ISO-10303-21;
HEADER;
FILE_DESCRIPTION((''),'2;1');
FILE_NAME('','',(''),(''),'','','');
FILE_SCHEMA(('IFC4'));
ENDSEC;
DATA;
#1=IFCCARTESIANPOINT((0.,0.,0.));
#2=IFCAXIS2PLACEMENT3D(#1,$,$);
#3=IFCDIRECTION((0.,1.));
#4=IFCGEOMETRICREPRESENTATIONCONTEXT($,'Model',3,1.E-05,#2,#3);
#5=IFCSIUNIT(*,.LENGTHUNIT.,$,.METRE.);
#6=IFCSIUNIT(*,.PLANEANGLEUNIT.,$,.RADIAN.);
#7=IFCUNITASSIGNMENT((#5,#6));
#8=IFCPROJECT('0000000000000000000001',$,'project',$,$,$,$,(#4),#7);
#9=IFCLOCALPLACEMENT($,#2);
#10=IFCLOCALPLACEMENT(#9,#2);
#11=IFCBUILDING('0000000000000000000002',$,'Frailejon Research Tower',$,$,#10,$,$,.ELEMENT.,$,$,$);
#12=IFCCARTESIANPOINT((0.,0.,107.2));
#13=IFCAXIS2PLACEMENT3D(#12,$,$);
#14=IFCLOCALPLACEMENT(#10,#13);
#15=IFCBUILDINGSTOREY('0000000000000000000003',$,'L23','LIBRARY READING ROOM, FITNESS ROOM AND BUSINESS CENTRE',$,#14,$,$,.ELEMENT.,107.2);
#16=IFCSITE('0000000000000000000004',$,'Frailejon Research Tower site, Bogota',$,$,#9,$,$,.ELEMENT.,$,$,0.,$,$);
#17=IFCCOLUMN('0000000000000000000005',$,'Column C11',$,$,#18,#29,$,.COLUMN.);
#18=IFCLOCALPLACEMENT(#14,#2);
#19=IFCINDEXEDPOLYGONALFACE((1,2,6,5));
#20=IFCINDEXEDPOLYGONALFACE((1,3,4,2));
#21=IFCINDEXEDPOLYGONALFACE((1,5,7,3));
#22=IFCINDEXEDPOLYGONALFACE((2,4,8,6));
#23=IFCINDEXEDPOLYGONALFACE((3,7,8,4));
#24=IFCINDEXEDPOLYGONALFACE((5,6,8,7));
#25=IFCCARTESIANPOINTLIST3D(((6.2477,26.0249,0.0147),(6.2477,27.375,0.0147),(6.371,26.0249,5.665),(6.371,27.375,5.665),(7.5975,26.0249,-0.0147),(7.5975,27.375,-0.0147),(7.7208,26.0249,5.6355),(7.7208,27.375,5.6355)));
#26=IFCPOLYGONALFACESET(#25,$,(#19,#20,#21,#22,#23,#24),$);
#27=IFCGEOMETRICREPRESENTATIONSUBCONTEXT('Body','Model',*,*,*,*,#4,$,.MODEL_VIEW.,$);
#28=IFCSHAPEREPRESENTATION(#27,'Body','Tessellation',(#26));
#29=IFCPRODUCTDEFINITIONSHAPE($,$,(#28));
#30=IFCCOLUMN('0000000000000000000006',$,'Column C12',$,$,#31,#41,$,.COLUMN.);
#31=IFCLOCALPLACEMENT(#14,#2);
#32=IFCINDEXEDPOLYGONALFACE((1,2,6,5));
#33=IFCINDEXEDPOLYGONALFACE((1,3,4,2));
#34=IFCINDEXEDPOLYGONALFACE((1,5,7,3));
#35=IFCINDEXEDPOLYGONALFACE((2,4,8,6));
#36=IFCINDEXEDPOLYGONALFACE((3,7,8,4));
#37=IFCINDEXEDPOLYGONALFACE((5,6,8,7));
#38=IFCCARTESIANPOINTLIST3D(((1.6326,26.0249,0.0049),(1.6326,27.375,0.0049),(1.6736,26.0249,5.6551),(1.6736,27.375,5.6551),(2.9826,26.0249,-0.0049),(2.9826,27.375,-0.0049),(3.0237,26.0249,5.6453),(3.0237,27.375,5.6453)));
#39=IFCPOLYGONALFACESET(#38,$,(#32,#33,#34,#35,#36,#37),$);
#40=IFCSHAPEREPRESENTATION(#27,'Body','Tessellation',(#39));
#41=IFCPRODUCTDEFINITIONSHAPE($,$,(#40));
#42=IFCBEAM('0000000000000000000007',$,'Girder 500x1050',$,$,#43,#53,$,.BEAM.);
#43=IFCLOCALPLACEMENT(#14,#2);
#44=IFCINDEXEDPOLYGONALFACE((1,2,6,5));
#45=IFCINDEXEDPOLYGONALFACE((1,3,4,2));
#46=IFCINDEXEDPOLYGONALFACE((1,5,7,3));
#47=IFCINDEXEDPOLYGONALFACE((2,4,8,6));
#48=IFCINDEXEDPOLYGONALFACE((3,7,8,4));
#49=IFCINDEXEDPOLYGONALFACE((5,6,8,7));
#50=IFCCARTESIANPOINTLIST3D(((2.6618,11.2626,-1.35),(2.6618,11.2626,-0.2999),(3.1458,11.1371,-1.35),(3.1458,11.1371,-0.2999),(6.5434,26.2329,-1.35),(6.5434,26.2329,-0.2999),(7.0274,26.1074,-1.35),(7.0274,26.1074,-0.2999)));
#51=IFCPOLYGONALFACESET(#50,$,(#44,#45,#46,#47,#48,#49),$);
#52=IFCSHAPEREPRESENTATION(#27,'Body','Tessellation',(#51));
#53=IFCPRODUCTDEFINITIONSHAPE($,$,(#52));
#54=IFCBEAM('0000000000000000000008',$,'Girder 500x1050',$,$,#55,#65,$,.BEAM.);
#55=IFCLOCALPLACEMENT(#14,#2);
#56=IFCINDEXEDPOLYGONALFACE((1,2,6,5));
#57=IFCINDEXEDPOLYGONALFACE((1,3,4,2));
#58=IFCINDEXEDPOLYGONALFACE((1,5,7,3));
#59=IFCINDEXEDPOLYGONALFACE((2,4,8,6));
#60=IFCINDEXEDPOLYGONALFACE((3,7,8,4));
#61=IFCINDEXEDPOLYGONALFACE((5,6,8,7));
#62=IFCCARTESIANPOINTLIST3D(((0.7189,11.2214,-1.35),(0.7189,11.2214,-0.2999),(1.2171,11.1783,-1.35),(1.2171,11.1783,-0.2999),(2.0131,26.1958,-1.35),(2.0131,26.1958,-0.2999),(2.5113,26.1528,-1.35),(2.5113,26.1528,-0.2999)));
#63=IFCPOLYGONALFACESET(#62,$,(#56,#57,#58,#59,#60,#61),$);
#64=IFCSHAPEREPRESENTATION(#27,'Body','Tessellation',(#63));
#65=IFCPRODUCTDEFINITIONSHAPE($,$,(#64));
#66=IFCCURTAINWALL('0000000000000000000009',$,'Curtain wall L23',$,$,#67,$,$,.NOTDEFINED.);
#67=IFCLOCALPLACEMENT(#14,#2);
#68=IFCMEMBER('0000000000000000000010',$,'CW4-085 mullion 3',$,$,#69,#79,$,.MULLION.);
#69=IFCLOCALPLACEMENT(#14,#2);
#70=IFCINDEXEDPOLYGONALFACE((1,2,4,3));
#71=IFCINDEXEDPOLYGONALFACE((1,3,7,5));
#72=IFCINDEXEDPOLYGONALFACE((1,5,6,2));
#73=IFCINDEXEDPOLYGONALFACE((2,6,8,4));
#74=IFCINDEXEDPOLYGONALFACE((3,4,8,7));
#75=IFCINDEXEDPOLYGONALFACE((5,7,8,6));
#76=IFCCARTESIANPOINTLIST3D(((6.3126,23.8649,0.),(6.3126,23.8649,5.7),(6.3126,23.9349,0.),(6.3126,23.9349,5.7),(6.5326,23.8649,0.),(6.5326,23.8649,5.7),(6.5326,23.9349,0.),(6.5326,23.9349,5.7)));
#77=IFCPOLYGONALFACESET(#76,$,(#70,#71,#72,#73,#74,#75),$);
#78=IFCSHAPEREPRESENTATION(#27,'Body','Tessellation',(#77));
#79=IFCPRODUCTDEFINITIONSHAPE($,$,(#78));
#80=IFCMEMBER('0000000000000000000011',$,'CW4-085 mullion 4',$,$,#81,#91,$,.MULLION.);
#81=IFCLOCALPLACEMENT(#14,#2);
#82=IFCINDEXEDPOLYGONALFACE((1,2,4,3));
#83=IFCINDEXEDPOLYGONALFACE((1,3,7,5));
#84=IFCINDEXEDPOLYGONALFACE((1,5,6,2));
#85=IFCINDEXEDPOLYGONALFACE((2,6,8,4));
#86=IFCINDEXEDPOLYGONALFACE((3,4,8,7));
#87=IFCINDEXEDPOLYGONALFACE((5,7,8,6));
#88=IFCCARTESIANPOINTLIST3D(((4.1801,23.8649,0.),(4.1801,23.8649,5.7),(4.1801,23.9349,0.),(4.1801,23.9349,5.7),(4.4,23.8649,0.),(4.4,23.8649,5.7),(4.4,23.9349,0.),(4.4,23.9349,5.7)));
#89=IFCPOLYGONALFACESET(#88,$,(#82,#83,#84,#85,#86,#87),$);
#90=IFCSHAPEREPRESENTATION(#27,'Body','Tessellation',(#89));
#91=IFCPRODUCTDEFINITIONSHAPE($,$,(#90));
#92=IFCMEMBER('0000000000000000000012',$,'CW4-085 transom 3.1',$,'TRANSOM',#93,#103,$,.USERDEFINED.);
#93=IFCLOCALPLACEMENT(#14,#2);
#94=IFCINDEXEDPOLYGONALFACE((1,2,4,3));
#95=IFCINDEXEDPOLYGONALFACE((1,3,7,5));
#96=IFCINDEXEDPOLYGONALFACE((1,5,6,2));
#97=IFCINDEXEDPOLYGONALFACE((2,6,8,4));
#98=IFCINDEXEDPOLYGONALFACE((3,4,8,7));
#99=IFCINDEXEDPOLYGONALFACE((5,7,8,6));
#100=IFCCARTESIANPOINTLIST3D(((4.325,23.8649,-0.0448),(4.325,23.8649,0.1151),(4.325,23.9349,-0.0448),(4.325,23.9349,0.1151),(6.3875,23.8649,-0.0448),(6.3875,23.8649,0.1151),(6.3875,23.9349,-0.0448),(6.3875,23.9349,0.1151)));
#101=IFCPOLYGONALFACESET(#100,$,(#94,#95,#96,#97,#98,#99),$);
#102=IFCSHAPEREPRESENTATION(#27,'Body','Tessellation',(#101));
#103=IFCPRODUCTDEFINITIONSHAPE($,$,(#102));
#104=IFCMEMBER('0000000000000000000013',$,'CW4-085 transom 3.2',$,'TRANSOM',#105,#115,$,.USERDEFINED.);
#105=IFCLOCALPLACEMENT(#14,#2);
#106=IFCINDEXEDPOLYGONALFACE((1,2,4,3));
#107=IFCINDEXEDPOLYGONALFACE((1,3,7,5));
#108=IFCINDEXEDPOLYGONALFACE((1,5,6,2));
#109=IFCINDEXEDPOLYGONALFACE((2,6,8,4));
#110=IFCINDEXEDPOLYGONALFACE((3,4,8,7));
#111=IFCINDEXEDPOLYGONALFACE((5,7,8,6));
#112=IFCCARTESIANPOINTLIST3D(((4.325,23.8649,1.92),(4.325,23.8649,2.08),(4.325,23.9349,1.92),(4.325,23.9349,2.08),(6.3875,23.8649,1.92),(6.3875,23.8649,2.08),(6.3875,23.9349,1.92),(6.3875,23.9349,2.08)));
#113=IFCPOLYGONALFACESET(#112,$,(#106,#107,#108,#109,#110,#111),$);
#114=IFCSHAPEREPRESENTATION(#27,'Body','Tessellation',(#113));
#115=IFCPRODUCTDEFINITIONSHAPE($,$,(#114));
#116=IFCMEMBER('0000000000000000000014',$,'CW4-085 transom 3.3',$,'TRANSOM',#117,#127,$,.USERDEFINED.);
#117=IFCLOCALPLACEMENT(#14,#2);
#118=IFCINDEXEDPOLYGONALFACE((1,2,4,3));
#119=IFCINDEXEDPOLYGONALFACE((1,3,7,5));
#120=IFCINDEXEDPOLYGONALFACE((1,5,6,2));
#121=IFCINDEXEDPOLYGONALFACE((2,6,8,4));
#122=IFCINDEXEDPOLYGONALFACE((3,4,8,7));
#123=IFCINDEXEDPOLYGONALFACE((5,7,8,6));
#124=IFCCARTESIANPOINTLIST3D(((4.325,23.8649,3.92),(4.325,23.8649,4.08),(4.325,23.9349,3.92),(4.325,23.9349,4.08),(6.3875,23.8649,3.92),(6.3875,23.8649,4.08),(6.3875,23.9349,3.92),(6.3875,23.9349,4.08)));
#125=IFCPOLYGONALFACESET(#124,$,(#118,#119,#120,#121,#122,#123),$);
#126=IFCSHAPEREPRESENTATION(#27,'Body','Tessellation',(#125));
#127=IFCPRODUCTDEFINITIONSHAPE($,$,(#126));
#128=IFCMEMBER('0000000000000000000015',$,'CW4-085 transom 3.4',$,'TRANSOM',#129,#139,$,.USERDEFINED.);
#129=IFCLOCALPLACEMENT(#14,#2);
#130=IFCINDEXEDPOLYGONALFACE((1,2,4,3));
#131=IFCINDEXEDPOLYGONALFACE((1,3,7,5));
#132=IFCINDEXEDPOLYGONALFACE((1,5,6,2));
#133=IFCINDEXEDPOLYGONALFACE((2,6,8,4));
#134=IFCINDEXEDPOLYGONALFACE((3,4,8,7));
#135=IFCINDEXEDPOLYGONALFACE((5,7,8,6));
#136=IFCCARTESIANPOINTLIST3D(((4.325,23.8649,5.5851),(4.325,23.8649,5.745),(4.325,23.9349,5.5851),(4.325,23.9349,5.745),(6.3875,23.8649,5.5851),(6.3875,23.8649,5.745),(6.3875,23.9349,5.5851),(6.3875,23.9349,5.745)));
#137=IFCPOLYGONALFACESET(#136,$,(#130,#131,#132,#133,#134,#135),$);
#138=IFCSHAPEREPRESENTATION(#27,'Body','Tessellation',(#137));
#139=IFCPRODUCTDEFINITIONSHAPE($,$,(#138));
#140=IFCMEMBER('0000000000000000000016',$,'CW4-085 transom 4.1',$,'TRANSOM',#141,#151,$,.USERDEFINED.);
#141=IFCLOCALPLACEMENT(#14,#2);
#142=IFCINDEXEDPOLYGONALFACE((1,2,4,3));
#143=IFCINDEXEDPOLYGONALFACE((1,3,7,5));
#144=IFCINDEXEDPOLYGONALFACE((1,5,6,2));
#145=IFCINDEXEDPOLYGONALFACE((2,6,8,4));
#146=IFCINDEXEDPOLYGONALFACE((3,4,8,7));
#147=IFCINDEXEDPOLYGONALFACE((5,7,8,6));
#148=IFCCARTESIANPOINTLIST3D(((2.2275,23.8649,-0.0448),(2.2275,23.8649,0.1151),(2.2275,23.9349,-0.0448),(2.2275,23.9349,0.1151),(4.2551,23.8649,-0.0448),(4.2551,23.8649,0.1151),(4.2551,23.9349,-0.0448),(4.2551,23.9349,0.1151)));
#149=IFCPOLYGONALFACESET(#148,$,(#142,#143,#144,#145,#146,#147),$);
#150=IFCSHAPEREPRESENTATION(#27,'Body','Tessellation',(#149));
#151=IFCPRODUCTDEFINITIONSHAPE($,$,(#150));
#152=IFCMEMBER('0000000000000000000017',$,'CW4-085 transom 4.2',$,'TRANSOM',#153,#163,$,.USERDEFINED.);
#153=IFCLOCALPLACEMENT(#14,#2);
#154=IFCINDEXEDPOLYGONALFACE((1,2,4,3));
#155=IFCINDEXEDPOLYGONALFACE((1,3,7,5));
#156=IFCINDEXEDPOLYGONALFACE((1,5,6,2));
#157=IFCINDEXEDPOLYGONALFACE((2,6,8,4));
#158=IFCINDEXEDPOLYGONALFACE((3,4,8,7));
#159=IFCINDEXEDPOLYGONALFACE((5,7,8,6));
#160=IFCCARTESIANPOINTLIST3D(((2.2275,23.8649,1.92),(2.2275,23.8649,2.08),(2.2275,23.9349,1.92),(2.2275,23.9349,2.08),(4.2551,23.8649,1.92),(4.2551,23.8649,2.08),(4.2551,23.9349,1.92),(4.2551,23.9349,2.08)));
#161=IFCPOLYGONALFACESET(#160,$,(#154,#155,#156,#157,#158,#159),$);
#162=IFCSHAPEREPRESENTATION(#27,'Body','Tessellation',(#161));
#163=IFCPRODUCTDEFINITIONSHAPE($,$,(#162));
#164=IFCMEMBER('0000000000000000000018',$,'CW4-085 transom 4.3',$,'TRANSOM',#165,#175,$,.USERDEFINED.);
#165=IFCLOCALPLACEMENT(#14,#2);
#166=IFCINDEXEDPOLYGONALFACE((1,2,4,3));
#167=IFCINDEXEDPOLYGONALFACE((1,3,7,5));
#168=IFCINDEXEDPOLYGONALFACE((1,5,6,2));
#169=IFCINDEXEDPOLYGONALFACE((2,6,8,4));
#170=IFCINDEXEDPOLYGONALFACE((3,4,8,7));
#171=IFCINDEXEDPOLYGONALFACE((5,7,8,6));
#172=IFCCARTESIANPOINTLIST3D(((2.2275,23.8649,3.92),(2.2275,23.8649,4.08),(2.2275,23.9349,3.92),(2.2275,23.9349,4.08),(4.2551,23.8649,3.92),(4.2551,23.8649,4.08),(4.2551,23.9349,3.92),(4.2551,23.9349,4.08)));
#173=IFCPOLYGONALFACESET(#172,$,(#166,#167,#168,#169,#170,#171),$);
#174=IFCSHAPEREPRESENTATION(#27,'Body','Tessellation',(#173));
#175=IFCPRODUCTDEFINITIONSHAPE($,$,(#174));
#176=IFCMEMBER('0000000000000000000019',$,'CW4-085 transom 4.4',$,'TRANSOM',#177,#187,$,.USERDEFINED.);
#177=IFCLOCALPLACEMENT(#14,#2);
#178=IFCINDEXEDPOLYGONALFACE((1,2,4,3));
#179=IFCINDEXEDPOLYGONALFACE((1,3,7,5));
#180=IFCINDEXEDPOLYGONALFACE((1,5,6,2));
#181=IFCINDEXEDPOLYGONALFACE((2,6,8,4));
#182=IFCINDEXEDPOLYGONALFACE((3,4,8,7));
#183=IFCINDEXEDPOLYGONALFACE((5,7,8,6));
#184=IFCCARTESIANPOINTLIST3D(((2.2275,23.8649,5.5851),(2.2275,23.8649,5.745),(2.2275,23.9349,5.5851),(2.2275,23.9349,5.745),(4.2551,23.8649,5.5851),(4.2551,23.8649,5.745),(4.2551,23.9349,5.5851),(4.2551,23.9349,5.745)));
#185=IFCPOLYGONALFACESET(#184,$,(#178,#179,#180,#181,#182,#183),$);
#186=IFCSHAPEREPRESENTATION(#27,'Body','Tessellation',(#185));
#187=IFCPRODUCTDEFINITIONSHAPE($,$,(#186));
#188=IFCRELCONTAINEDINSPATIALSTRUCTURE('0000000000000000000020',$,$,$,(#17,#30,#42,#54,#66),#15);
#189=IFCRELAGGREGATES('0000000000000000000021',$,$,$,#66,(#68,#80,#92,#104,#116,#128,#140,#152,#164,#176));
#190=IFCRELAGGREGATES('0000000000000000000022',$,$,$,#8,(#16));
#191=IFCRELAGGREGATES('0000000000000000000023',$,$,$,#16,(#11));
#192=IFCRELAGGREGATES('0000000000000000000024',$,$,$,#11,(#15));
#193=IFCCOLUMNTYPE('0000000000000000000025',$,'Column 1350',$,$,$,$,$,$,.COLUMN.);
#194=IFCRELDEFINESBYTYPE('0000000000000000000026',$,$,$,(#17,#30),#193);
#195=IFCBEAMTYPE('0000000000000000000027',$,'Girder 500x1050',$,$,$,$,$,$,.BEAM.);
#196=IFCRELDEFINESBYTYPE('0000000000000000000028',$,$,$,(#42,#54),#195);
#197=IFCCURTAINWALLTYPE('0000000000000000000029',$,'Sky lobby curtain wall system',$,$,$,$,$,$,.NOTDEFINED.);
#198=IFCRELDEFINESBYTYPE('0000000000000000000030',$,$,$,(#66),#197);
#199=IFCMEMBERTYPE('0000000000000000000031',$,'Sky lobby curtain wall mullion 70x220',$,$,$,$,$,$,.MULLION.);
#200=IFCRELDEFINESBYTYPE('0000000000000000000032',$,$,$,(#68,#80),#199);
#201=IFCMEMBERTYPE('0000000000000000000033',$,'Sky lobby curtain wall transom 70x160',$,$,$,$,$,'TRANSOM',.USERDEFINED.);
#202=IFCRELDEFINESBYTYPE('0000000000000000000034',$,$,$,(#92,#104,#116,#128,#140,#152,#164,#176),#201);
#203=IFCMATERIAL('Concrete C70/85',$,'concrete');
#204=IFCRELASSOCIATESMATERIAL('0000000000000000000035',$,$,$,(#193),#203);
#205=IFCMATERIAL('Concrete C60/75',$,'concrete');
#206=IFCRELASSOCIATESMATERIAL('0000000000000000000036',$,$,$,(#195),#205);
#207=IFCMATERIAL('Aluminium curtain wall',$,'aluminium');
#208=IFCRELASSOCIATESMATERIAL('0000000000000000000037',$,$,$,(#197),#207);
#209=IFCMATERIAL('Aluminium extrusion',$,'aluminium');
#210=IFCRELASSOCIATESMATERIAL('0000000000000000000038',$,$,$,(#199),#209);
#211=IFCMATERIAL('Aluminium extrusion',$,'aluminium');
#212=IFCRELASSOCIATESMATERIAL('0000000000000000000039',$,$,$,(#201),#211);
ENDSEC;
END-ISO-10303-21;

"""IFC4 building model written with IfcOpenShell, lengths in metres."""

from ifc_helpers import new_model, si_unit, direction, frame, origin, origin_2d, place, context, subcontext, project, spatial, rectangle, extrude, material, material_profile, profile_set, type_object, element, aggregate, save


model = new_model("IFC4")

# Units and contexts
model_context = context("Model", 3, precision=1e-05, world=origin(), true_north=direction((0.0, 1.0)))
body_context = subcontext(model_context, "Body", "Model", "MODEL_VIEW")
ifc_project = project(units=[si_unit("LENGTHUNIT", "METRE"), si_unit("PLANEANGLEUNIT", "RADIAN")], contexts=[model_context])

# Site, building, storey
site_placement = place(None, origin())
site = spatial("IfcSite", under=ifc_project, at=site_placement, Name="Frailejon Research Tower site, Bogota", CompositionType="ELEMENT", RefElevation=0.0)
building_placement = place(site_placement, origin())
building = spatial("IfcBuilding", under=site, at=building_placement, Name="Frailejon Research Tower", CompositionType="ELEMENT")
storey_placement = place(building_placement, frame((0.0, 0.0, 107.2)))
storey = spatial("IfcBuildingStorey", under=building, at=storey_placement, Name="L23", Description="LIBRARY READING ROOM, FITNESS ROOM AND BUSINESS CENTRE", CompositionType="ELEMENT", Elevation=107.2)

# Columns
ifc_material_1 = material(Name="Concrete C70/85", Category="concrete")
ifc_material_profile_1 = material_profile(ifc_material_1, rectangle(XDim=1.3501, YDim=1.3501, at=origin_2d()), Name="Column 1350")
ifc_profile_set_1 = profile_set([ifc_material_profile_1], Name="Concrete C70/85")
column_type = type_object("IfcColumnType", Name="Column 1350", PredefinedType="COLUMN", material=ifc_profile_set_1)
column_1_placement = place(storey_placement, frame((6.9226, 26.7, 0.0), z_axis=(0.021816, 0.0, 0.999762), x_axis=(-0.999762, 0.0, 0.021816)))
element("IfcColumn", 1, at=column_1_placement, inside=storey, type_object=column_type, Name="Column C11", PredefinedType="COLUMN", context=body_context, shape_type="SweptSolid", body=[
    extrude(rectangle(XDim=1.3501, YDim=1.3501, at=origin_2d()), origin(), (0.0, 0.0, 1.0), 5.6516),
])
column_2_placement = place(storey_placement, frame((2.3076, 26.7, 0.0), z_axis=(0.007259, 0.0, 0.999974), x_axis=(-0.999974, 0.0, 0.007259)))
element("IfcColumn", 2, at=column_2_placement, inside=storey, type_object=column_type, Name="Column C12", PredefinedType="COLUMN", context=body_context, shape_type="SweptSolid", body=[
    extrude(rectangle(XDim=1.3501, YDim=1.3501, at=origin_2d()), origin(), (0.0, 0.0, 1.0), 5.6504),
])

# Beams
ifc_material_2 = material(Name="Concrete C60/75", Category="concrete")
ifc_material_profile_2 = material_profile(ifc_material_2, rectangle(XDim=0.5, YDim=1.05, at=origin_2d()), Name="Girder 500x1050")
ifc_profile_set_2 = profile_set([ifc_material_profile_2], Name="Concrete C60/75")
beam_type_1 = type_object("IfcBeamType", Name="Girder 500x1050", PredefinedType="BEAM", material=ifc_profile_set_2)
beam_1_placement = place(storey_placement, frame((6.7854, 26.1702, -0.825), z_axis=(-0.250988, -0.96799, 0.0), x_axis=(0.96799, -0.250988, 0.0)))
element("IfcBeam", 3, at=beam_1_placement, inside=storey, type_object=beam_type_1, Name="Girder 500x1050", PredefinedType="BEAM", context=body_context, shape_type="SweptSolid", body=[
    extrude(rectangle(XDim=0.5, YDim=1.05, at=origin_2d()), origin(), (0.0, 0.0, 1.0), 15.4653),
])
beam_2_placement = place(storey_placement, frame((2.2622, 26.1743, -0.825), z_axis=(-0.086106, -0.996286, 0.0), x_axis=(0.996286, -0.086106, 0.0)))
element("IfcBeam", 4, at=beam_2_placement, inside=storey, type_object=beam_type_1, Name="Girder 500x1050", PredefinedType="BEAM", context=body_context, shape_type="SweptSolid", body=[
    extrude(rectangle(XDim=0.5, YDim=1.05, at=origin_2d()), origin(), (0.0, 0.0, 1.0), 15.0303),
])

# Curtain wall, members
ifc_material_3 = material(Name="Aluminium curtain wall", Category="aluminium")
curtain_wall_type = type_object("IfcCurtainWallType", Name="Sky lobby curtain wall system", PredefinedType="NOTDEFINED", material=ifc_material_3)
curtain_wall_placement = place(storey_placement, origin())
curtain_wall = element("IfcCurtainWall", 5, at=curtain_wall_placement, inside=storey, type_object=curtain_wall_type, Name="Curtain wall L23", PredefinedType="NOTDEFINED")
ifc_material_4 = material(Name="Aluminium extrusion", Category="aluminium")
ifc_material_profile_3 = material_profile(ifc_material_4, rectangle(XDim=0.0701, YDim=0.22, at=origin_2d()), Name="Sky lobby curtain wall mullion 70x220")
ifc_profile_set_3 = profile_set([ifc_material_profile_3], Name="Aluminium extrusion")
member_type_1 = type_object("IfcMemberType", Name="Sky lobby curtain wall mullion 70x220", PredefinedType="MULLION", material=ifc_profile_set_3)
member_1_placement = place(storey_placement, frame((6.4226, 23.8999, 0.0), z_axis=(0.0, 0.0, 1.0), x_axis=(0.0, -1.0, 0.0)))
member_1 = element("IfcMember", 6, at=member_1_placement, type_object=member_type_1, Name="CW4-085 mullion 3", PredefinedType="MULLION", context=body_context, shape_type="SweptSolid", body=[
    extrude(rectangle(XDim=0.0701, YDim=0.22, at=origin_2d()), origin(), (0.0, 0.0, 1.0), 5.7),
])
member_2_placement = place(storey_placement, frame((4.29, 23.8999, 0.0), z_axis=(0.0, 0.0, 1.0), x_axis=(0.0, -1.0, 0.0)))
member_2 = element("IfcMember", 7, at=member_2_placement, type_object=member_type_1, Name="CW4-085 mullion 4", PredefinedType="MULLION", context=body_context, shape_type="SweptSolid", body=[
    extrude(rectangle(XDim=0.0701, YDim=0.22, at=origin_2d()), origin(), (0.0, 0.0, 1.0), 5.7),
])
ifc_material_5 = material(Name="Aluminium extrusion", Category="aluminium")
ifc_material_profile_4 = material_profile(ifc_material_5, rectangle(XDim=0.0701, YDim=0.1599, at=origin_2d()), Name="Sky lobby curtain wall transom 70x160")
ifc_profile_set_4 = profile_set([ifc_material_profile_4], Name="Aluminium extrusion")
member_type_2 = type_object("IfcMemberType", Name="Sky lobby curtain wall transom 70x160", ElementType="TRANSOM", PredefinedType="USERDEFINED", material=ifc_profile_set_4)
member_3_placement = place(storey_placement, frame((6.3875, 23.8999, 0.0352), z_axis=(-1.0, 0.0, 0.0), x_axis=(0.0, -1.0, 0.0)))
member_3 = element("IfcMember", 8, at=member_3_placement, type_object=member_type_2, Name="CW4-085 transom 3.1", ObjectType="TRANSOM", PredefinedType="USERDEFINED", context=body_context, shape_type="SweptSolid", body=[
    extrude(rectangle(XDim=0.0701, YDim=0.1599, at=origin_2d()), origin(), (0.0, 0.0, 1.0), 2.0625),
])
member_4_placement = place(storey_placement, frame((6.3875, 23.8999, 2.0), z_axis=(-1.0, 0.0, 0.0), x_axis=(0.0, -1.0, 0.0)))
member_4 = element("IfcMember", 9, at=member_4_placement, type_object=member_type_2, Name="CW4-085 transom 3.2", ObjectType="TRANSOM", PredefinedType="USERDEFINED", context=body_context, shape_type="SweptSolid", body=[
    extrude(rectangle(XDim=0.0701, YDim=0.1599, at=origin_2d()), origin(), (0.0, 0.0, 1.0), 2.0625),
])
member_5_placement = place(storey_placement, frame((6.3875, 23.8999, 4.0), z_axis=(-1.0, 0.0, 0.0), x_axis=(0.0, -1.0, 0.0)))
member_5 = element("IfcMember", 10, at=member_5_placement, type_object=member_type_2, Name="CW4-085 transom 3.3", ObjectType="TRANSOM", PredefinedType="USERDEFINED", context=body_context, shape_type="SweptSolid", body=[
    extrude(rectangle(XDim=0.0701, YDim=0.1599, at=origin_2d()), origin(), (0.0, 0.0, 1.0), 2.0625),
])
member_6_placement = place(storey_placement, frame((6.3875, 23.8999, 5.665), z_axis=(-1.0, 0.0, 0.0), x_axis=(0.0, -1.0, 0.0)))
member_6 = element("IfcMember", 11, at=member_6_placement, type_object=member_type_2, Name="CW4-085 transom 3.4", ObjectType="TRANSOM", PredefinedType="USERDEFINED", context=body_context, shape_type="SweptSolid", body=[
    extrude(rectangle(XDim=0.0701, YDim=0.1599, at=origin_2d()), origin(), (0.0, 0.0, 1.0), 2.0625),
])
member_7_placement = place(storey_placement, frame((4.2551, 23.8999, 0.0352), z_axis=(-1.0, 0.0, 0.0), x_axis=(0.0, -1.0, 0.0)))
member_7 = element("IfcMember", 12, at=member_7_placement, type_object=member_type_2, Name="CW4-085 transom 4.1", ObjectType="TRANSOM", PredefinedType="USERDEFINED", context=body_context, shape_type="SweptSolid", body=[
    extrude(rectangle(XDim=0.0701, YDim=0.1599, at=origin_2d()), origin(), (0.0, 0.0, 1.0), 2.0276),
])
member_8_placement = place(storey_placement, frame((4.2551, 23.8999, 2.0), z_axis=(-1.0, 0.0, 0.0), x_axis=(0.0, -1.0, 0.0)))
member_8 = element("IfcMember", 13, at=member_8_placement, type_object=member_type_2, Name="CW4-085 transom 4.2", ObjectType="TRANSOM", PredefinedType="USERDEFINED", context=body_context, shape_type="SweptSolid", body=[
    extrude(rectangle(XDim=0.0701, YDim=0.1599, at=origin_2d()), origin(), (0.0, 0.0, 1.0), 2.0276),
])
member_9_placement = place(storey_placement, frame((4.2551, 23.8999, 4.0), z_axis=(-1.0, 0.0, 0.0), x_axis=(0.0, -1.0, 0.0)))
member_9 = element("IfcMember", 14, at=member_9_placement, type_object=member_type_2, Name="CW4-085 transom 4.3", ObjectType="TRANSOM", PredefinedType="USERDEFINED", context=body_context, shape_type="SweptSolid", body=[
    extrude(rectangle(XDim=0.0701, YDim=0.1599, at=origin_2d()), origin(), (0.0, 0.0, 1.0), 2.0276),
])
member_10_placement = place(storey_placement, frame((4.2551, 23.8999, 5.665), z_axis=(-1.0, 0.0, 0.0), x_axis=(0.0, -1.0, 0.0)))
member_10 = element("IfcMember", 15, at=member_10_placement, type_object=member_type_2, Name="CW4-085 transom 4.4", ObjectType="TRANSOM", PredefinedType="USERDEFINED", context=body_context, shape_type="SweptSolid", body=[
    extrude(rectangle(XDim=0.0701, YDim=0.1599, at=origin_2d()), origin(), (0.0, 0.0, 1.0), 2.0276),
])

aggregate(curtain_wall, [member_1, member_2, member_3, member_4, member_5, member_6, member_7, member_8, member_9, member_10])

save(model, "model.ifc")
